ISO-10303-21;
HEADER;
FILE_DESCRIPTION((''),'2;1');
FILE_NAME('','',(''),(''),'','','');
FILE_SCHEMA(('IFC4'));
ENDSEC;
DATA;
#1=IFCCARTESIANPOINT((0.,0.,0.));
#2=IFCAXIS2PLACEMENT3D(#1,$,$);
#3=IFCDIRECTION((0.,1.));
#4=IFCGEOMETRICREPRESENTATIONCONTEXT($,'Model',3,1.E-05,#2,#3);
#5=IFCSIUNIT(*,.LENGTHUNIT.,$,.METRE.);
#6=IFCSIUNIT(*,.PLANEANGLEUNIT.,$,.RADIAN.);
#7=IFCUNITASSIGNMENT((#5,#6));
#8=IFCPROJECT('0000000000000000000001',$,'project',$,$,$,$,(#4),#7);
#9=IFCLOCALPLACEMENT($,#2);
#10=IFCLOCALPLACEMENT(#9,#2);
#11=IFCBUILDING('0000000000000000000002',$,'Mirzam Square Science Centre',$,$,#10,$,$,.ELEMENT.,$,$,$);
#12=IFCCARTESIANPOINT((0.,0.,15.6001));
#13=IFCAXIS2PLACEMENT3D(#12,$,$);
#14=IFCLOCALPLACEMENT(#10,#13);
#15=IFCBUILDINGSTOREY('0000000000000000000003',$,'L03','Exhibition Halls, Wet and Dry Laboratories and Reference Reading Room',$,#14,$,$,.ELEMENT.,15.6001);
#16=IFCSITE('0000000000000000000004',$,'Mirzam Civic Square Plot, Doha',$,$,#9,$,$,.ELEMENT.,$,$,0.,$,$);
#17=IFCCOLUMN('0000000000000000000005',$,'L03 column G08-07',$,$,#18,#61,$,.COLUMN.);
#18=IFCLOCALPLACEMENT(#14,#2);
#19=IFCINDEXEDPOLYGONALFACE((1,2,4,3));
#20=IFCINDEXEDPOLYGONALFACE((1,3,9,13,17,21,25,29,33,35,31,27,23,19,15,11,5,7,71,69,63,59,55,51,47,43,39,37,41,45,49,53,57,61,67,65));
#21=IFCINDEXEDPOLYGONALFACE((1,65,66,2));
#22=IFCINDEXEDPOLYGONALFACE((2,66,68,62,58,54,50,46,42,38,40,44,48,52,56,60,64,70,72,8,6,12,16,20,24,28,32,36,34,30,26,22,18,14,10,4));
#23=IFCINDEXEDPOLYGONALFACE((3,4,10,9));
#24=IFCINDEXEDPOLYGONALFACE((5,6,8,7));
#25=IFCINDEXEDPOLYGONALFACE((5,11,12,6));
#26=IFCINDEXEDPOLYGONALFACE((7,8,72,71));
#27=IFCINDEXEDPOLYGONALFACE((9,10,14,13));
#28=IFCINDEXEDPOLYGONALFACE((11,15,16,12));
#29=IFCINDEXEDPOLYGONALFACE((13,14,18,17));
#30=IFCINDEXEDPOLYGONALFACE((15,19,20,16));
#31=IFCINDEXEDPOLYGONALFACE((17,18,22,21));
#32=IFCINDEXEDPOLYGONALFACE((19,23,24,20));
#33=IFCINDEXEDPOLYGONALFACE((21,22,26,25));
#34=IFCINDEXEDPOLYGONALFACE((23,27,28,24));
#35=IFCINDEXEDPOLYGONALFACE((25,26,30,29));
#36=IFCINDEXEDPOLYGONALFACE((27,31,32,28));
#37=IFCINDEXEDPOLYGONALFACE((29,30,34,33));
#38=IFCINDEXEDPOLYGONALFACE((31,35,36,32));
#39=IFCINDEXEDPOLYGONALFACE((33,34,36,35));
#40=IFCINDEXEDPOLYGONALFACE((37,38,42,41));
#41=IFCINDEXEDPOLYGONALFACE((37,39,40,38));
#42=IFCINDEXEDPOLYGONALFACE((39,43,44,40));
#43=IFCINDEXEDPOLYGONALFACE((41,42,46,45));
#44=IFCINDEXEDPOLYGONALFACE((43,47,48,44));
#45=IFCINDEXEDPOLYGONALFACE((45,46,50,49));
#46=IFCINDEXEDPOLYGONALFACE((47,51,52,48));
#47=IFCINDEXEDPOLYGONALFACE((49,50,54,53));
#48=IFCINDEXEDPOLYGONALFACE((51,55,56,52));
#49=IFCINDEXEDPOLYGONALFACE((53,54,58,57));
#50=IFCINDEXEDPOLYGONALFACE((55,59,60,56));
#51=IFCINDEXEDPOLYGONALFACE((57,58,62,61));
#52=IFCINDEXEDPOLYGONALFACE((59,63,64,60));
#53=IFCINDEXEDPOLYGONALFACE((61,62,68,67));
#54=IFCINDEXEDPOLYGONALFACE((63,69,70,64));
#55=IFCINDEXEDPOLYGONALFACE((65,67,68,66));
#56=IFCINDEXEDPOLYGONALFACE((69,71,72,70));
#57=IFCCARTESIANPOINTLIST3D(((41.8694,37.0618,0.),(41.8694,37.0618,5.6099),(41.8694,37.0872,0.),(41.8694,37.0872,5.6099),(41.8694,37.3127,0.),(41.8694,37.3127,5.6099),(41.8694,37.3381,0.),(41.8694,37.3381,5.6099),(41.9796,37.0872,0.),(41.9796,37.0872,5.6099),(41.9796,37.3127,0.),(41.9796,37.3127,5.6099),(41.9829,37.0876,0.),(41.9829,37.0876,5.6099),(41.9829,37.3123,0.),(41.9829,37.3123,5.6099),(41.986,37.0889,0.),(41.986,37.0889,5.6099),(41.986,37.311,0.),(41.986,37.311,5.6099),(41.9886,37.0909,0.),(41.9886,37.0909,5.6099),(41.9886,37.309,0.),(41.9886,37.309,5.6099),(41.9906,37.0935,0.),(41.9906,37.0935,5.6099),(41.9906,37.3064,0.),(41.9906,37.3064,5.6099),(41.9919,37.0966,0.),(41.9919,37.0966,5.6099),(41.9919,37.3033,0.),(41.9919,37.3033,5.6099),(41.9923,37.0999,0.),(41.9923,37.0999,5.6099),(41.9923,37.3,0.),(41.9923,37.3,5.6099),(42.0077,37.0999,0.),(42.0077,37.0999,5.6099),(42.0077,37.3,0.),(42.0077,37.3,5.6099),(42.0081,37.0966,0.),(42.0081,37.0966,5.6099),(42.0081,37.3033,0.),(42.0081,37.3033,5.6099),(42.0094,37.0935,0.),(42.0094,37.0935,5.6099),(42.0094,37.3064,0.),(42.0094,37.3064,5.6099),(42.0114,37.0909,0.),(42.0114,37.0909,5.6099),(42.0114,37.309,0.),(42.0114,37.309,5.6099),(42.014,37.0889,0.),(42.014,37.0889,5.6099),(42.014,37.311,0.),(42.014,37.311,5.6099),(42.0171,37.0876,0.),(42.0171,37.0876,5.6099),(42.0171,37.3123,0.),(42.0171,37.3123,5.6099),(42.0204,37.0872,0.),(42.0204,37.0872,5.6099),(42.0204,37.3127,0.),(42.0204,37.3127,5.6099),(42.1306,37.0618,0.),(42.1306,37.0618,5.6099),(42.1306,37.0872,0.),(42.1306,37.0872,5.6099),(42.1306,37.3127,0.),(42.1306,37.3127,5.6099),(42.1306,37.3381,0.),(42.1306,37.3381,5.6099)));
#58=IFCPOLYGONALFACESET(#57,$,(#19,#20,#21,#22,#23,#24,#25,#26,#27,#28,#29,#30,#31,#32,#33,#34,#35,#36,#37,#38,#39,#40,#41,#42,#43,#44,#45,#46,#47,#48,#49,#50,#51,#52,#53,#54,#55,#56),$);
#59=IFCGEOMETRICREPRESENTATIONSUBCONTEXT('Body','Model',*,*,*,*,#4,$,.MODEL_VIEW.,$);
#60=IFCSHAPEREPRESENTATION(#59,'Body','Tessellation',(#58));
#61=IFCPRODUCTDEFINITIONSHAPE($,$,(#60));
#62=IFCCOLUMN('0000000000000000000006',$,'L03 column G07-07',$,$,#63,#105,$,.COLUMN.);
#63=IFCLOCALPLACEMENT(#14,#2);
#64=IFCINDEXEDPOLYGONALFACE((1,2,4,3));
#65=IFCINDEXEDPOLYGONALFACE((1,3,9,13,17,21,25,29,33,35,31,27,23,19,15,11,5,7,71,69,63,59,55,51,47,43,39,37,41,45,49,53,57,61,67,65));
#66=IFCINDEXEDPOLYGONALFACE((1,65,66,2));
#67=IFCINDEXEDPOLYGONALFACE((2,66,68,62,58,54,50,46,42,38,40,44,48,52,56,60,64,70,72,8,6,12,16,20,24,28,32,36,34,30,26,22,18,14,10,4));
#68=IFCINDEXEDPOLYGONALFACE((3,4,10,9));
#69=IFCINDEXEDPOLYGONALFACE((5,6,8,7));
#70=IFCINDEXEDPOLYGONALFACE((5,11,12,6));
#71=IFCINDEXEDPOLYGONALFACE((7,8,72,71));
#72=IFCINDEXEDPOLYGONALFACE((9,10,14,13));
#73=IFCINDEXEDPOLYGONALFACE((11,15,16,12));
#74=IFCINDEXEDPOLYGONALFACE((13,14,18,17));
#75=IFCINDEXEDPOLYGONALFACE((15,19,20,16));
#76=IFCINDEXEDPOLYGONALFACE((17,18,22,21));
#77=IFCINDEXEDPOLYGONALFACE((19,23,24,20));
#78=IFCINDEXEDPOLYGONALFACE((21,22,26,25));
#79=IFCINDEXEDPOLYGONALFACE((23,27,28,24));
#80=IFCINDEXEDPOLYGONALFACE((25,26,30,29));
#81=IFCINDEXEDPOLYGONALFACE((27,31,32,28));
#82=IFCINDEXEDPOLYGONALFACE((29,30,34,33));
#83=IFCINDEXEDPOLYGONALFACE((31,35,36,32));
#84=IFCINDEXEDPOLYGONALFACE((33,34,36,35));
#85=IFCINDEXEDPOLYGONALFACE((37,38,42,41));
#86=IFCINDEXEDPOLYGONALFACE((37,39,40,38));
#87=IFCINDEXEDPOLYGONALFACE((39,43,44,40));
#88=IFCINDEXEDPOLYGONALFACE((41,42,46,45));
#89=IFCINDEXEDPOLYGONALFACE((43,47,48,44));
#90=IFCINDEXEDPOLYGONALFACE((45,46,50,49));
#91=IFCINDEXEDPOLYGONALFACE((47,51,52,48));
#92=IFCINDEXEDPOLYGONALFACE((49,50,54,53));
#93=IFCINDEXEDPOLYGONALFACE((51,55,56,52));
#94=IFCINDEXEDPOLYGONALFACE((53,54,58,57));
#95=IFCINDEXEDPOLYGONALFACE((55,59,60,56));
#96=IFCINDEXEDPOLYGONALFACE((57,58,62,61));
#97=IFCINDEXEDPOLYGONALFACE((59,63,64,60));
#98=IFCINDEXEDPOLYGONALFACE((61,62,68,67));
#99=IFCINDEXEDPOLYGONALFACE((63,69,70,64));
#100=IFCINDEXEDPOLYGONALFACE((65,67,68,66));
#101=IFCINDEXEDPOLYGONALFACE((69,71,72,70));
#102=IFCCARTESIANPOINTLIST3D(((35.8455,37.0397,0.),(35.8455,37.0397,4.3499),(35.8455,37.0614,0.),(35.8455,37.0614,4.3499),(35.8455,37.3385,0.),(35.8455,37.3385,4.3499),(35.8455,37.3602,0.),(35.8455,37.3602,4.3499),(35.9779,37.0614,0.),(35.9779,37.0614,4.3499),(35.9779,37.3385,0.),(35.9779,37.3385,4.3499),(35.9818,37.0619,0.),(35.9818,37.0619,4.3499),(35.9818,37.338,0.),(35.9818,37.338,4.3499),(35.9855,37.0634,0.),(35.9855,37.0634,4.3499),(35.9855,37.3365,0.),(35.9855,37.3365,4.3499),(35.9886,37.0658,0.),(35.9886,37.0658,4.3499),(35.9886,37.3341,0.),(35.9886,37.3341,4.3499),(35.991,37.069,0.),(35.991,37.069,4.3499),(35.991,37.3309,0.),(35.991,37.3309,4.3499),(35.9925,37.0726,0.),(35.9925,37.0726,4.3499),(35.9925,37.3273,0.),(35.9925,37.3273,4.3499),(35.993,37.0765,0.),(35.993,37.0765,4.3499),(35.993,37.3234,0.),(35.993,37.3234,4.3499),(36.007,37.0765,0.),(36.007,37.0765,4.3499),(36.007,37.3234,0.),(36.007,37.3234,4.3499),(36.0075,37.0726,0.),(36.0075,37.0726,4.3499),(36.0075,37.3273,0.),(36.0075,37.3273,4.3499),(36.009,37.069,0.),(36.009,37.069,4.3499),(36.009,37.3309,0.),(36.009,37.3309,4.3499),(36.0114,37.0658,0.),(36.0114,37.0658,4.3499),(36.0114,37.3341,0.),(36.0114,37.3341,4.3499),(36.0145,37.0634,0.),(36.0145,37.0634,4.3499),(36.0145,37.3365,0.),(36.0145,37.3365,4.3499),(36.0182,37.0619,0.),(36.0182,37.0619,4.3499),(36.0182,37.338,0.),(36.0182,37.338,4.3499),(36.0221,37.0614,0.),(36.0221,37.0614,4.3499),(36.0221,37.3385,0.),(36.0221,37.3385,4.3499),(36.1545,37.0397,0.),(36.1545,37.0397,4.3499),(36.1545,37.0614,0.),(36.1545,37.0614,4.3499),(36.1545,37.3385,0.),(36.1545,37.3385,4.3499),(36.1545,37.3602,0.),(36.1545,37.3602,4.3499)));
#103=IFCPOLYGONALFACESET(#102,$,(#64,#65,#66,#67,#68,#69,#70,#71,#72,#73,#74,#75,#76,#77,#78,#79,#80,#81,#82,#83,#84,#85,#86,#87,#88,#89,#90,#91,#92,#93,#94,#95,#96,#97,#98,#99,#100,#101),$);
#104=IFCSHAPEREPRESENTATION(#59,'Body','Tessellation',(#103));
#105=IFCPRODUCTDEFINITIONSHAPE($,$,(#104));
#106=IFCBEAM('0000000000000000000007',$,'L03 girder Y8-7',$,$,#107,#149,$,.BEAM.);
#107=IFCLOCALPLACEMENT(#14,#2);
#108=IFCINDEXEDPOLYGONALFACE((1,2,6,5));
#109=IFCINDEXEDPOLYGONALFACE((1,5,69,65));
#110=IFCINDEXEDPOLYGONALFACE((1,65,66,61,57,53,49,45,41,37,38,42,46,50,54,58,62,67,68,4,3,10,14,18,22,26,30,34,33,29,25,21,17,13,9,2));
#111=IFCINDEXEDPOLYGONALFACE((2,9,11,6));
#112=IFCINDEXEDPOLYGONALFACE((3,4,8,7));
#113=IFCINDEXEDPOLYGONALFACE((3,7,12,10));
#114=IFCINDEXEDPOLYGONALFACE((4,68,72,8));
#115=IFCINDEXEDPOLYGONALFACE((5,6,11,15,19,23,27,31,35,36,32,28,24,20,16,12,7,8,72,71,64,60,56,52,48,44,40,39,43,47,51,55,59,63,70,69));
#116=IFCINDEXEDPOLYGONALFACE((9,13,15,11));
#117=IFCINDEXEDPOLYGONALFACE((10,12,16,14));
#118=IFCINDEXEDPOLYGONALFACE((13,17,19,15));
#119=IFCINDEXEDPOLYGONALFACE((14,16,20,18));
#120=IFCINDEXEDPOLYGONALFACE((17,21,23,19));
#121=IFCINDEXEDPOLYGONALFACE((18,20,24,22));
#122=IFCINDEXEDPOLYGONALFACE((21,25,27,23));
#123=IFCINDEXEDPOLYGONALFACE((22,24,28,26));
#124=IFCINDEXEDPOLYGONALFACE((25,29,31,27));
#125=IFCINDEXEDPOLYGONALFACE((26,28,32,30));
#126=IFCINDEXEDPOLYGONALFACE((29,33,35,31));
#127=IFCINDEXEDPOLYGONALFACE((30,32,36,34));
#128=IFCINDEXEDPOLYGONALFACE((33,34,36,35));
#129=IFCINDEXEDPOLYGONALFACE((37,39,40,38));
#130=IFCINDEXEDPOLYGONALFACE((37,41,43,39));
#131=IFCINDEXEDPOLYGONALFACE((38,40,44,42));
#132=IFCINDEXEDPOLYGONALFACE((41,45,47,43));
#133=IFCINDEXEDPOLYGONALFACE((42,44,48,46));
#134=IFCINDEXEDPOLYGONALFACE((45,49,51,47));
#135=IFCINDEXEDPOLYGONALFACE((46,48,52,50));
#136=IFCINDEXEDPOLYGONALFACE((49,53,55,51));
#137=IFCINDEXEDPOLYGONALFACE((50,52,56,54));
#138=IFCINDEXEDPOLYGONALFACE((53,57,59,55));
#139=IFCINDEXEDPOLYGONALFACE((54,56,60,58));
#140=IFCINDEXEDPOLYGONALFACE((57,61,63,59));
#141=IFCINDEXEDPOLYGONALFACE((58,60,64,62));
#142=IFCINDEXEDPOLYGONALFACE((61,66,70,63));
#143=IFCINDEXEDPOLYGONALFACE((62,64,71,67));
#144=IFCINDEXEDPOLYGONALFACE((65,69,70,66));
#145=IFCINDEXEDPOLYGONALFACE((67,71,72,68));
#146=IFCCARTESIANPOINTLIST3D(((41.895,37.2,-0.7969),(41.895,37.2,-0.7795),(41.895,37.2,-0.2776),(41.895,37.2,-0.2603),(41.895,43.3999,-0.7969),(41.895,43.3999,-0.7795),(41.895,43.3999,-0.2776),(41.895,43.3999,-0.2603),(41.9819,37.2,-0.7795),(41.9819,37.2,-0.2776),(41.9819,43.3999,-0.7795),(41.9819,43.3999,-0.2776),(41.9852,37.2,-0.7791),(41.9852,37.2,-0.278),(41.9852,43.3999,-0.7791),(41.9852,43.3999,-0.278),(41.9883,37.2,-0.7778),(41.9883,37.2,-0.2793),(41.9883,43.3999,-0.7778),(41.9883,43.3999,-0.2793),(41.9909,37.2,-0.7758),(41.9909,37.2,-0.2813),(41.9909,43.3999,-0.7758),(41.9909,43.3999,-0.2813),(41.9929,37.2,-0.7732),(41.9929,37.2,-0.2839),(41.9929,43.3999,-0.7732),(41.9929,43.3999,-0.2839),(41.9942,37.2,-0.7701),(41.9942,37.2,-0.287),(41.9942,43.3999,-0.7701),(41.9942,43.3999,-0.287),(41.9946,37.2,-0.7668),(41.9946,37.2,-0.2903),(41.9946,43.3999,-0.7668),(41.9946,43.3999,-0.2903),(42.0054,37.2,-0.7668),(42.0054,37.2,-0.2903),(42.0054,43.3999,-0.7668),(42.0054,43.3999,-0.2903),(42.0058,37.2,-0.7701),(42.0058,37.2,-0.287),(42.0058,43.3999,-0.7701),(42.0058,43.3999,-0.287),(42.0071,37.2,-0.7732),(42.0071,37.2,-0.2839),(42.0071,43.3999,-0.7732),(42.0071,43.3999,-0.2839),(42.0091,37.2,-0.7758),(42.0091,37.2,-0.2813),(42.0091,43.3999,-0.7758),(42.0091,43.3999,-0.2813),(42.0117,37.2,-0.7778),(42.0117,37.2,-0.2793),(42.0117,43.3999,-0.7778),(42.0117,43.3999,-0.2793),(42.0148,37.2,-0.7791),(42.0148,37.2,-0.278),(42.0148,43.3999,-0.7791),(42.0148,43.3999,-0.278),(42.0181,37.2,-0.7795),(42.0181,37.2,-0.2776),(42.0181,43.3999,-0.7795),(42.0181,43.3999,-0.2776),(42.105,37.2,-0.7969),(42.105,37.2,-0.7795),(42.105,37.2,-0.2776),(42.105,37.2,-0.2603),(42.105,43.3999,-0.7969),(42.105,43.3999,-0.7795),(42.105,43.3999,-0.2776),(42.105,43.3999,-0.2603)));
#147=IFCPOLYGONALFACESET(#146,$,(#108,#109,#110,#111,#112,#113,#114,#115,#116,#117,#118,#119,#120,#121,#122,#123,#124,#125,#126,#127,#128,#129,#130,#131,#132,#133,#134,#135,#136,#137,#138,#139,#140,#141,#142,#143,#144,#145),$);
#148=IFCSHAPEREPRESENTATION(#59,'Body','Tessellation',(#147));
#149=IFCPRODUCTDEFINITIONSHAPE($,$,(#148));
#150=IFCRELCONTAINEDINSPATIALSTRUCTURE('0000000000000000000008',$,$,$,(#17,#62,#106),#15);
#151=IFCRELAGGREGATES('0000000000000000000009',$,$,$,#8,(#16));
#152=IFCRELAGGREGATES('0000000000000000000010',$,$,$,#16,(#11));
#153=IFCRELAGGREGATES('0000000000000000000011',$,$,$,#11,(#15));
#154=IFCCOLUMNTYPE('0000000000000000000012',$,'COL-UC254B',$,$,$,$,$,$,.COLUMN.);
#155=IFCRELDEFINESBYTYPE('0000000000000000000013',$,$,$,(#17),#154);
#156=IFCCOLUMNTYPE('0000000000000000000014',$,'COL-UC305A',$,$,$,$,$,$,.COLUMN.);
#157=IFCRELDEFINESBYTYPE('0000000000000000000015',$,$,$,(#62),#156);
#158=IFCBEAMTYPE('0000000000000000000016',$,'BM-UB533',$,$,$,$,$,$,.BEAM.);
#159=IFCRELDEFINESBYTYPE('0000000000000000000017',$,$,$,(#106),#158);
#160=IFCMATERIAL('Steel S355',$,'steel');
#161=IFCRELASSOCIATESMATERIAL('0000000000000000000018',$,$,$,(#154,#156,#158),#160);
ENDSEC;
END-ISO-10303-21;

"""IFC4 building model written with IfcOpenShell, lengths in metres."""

from ifc_helpers import new_model, si_unit, direction, frame, origin, origin_2d, place, context, subcontext, project, spatial, i_section, extrude, material, material_profile, profile_set, type_object, element, save


model = new_model("IFC4")

# Units and contexts
model_context = context("Model", 3, precision=1e-05, world=origin(), true_north=direction((0.0, 1.0)))
body_context = subcontext(model_context, "Body", "Model", "MODEL_VIEW")
ifc_project = project(units=[si_unit("LENGTHUNIT", "METRE"), si_unit("PLANEANGLEUNIT", "RADIAN")], contexts=[model_context])

# Site, building, storey
site_placement = place(None, origin())
site = spatial("IfcSite", under=ifc_project, at=site_placement, Name="Mirzam Civic Square Plot, Doha", CompositionType="ELEMENT", RefElevation=0.0)
building_placement = place(site_placement, origin())
building = spatial("IfcBuilding", under=site, at=building_placement, Name="Mirzam Square Science Centre", CompositionType="ELEMENT")
storey_placement = place(building_placement, frame((0.0, 0.0, 15.6001)))
storey = spatial("IfcBuildingStorey", under=building, at=storey_placement, Name="L03", Description="Exhibition Halls, Wet and Dry Laboratories and Reference Reading Room", CompositionType="ELEMENT", Elevation=15.6001)

# Columns
ifc_material_1 = material(Name="Steel S355", Category="steel")
ifc_material_profile_1 = material_profile(ifc_material_1, i_section(OverallWidth=0.2612, OverallDepth=0.2764, WebThickness=0.0154, FlangeThickness=0.0254, FilletRadius=0.0127, at=origin_2d()), Name="254x254x132UC")
ifc_profile_set_1 = profile_set([ifc_material_profile_1], Name="Steel S355")
column_type_1 = type_object("IfcColumnType", Name="COL-UC254B", PredefinedType="COLUMN", material=ifc_profile_set_1)
column_1_placement = place(storey_placement, frame((42.0, 37.2, 0.0), z_axis=(0.0, 0.0, 1.0), x_axis=(1.0, 0.0, 0.0)))
element("IfcColumn", 1, at=column_1_placement, inside=storey, type_object=column_type_1, Name="L03 column G08-07", PredefinedType="COLUMN", context=body_context, shape_type="SweptSolid", body=[
    extrude(i_section(OverallWidth=0.2612, OverallDepth=0.2764, WebThickness=0.0154, FlangeThickness=0.0254, FilletRadius=0.0127, at=origin_2d()), origin(), (0.0, 0.0, 1.0), 5.6099),
])
ifc_material_profile_2 = material_profile(ifc_material_1, i_section(OverallWidth=0.3091, OverallDepth=0.3206, WebThickness=0.0139, FlangeThickness=0.0217, FilletRadius=0.0151, at=origin_2d()), Name="305x305x137UC")
ifc_profile_set_2 = profile_set([ifc_material_profile_2], Name="Steel S355")
column_type_2 = type_object("IfcColumnType", Name="COL-UC305A", PredefinedType="COLUMN", material=ifc_profile_set_2)
column_2_placement = place(storey_placement, frame((36.0, 37.2, 0.0), z_axis=(0.0, 0.0, 1.0), x_axis=(1.0, 0.0, 0.0)))
element("IfcColumn", 2, at=column_2_placement, inside=storey, type_object=column_type_2, Name="L03 column G07-07", PredefinedType="COLUMN", context=body_context, shape_type="SweptSolid", body=[
    extrude(i_section(OverallWidth=0.3091, OverallDepth=0.3206, WebThickness=0.0139, FlangeThickness=0.0217, FilletRadius=0.0151, at=origin_2d()), origin(), (0.0, 0.0, 1.0), 4.3499),
])

# Beam
ifc_material_profile_3 = material_profile(ifc_material_1, i_section(OverallWidth=0.21, OverallDepth=0.5366, WebThickness=0.0107, FlangeThickness=0.0173, FilletRadius=0.0127, at=origin_2d()), Name="533x210x101UB")
ifc_profile_set_3 = profile_set([ifc_material_profile_3], Name="Steel S355")
beam_type_1 = type_object("IfcBeamType", Name="BM-UB533", PredefinedType="BEAM", material=ifc_profile_set_3)
beam_1_placement = place(storey_placement, frame((42.0, 37.2, -0.5286), z_axis=(0.0, 1.0, 0.0), x_axis=(-1.0, 0.0, 0.0)))
element("IfcBeam", 3, at=beam_1_placement, inside=storey, type_object=beam_type_1, Name="L03 girder Y8-7", PredefinedType="BEAM", context=body_context, shape_type="SweptSolid", body=[
    extrude(i_section(OverallWidth=0.21, OverallDepth=0.5366, WebThickness=0.0107, FlangeThickness=0.0173, FilletRadius=0.0127, at=origin_2d()), origin(), (0.0, 0.0, 1.0), 6.2),
])

save(model, "model.ifc")
